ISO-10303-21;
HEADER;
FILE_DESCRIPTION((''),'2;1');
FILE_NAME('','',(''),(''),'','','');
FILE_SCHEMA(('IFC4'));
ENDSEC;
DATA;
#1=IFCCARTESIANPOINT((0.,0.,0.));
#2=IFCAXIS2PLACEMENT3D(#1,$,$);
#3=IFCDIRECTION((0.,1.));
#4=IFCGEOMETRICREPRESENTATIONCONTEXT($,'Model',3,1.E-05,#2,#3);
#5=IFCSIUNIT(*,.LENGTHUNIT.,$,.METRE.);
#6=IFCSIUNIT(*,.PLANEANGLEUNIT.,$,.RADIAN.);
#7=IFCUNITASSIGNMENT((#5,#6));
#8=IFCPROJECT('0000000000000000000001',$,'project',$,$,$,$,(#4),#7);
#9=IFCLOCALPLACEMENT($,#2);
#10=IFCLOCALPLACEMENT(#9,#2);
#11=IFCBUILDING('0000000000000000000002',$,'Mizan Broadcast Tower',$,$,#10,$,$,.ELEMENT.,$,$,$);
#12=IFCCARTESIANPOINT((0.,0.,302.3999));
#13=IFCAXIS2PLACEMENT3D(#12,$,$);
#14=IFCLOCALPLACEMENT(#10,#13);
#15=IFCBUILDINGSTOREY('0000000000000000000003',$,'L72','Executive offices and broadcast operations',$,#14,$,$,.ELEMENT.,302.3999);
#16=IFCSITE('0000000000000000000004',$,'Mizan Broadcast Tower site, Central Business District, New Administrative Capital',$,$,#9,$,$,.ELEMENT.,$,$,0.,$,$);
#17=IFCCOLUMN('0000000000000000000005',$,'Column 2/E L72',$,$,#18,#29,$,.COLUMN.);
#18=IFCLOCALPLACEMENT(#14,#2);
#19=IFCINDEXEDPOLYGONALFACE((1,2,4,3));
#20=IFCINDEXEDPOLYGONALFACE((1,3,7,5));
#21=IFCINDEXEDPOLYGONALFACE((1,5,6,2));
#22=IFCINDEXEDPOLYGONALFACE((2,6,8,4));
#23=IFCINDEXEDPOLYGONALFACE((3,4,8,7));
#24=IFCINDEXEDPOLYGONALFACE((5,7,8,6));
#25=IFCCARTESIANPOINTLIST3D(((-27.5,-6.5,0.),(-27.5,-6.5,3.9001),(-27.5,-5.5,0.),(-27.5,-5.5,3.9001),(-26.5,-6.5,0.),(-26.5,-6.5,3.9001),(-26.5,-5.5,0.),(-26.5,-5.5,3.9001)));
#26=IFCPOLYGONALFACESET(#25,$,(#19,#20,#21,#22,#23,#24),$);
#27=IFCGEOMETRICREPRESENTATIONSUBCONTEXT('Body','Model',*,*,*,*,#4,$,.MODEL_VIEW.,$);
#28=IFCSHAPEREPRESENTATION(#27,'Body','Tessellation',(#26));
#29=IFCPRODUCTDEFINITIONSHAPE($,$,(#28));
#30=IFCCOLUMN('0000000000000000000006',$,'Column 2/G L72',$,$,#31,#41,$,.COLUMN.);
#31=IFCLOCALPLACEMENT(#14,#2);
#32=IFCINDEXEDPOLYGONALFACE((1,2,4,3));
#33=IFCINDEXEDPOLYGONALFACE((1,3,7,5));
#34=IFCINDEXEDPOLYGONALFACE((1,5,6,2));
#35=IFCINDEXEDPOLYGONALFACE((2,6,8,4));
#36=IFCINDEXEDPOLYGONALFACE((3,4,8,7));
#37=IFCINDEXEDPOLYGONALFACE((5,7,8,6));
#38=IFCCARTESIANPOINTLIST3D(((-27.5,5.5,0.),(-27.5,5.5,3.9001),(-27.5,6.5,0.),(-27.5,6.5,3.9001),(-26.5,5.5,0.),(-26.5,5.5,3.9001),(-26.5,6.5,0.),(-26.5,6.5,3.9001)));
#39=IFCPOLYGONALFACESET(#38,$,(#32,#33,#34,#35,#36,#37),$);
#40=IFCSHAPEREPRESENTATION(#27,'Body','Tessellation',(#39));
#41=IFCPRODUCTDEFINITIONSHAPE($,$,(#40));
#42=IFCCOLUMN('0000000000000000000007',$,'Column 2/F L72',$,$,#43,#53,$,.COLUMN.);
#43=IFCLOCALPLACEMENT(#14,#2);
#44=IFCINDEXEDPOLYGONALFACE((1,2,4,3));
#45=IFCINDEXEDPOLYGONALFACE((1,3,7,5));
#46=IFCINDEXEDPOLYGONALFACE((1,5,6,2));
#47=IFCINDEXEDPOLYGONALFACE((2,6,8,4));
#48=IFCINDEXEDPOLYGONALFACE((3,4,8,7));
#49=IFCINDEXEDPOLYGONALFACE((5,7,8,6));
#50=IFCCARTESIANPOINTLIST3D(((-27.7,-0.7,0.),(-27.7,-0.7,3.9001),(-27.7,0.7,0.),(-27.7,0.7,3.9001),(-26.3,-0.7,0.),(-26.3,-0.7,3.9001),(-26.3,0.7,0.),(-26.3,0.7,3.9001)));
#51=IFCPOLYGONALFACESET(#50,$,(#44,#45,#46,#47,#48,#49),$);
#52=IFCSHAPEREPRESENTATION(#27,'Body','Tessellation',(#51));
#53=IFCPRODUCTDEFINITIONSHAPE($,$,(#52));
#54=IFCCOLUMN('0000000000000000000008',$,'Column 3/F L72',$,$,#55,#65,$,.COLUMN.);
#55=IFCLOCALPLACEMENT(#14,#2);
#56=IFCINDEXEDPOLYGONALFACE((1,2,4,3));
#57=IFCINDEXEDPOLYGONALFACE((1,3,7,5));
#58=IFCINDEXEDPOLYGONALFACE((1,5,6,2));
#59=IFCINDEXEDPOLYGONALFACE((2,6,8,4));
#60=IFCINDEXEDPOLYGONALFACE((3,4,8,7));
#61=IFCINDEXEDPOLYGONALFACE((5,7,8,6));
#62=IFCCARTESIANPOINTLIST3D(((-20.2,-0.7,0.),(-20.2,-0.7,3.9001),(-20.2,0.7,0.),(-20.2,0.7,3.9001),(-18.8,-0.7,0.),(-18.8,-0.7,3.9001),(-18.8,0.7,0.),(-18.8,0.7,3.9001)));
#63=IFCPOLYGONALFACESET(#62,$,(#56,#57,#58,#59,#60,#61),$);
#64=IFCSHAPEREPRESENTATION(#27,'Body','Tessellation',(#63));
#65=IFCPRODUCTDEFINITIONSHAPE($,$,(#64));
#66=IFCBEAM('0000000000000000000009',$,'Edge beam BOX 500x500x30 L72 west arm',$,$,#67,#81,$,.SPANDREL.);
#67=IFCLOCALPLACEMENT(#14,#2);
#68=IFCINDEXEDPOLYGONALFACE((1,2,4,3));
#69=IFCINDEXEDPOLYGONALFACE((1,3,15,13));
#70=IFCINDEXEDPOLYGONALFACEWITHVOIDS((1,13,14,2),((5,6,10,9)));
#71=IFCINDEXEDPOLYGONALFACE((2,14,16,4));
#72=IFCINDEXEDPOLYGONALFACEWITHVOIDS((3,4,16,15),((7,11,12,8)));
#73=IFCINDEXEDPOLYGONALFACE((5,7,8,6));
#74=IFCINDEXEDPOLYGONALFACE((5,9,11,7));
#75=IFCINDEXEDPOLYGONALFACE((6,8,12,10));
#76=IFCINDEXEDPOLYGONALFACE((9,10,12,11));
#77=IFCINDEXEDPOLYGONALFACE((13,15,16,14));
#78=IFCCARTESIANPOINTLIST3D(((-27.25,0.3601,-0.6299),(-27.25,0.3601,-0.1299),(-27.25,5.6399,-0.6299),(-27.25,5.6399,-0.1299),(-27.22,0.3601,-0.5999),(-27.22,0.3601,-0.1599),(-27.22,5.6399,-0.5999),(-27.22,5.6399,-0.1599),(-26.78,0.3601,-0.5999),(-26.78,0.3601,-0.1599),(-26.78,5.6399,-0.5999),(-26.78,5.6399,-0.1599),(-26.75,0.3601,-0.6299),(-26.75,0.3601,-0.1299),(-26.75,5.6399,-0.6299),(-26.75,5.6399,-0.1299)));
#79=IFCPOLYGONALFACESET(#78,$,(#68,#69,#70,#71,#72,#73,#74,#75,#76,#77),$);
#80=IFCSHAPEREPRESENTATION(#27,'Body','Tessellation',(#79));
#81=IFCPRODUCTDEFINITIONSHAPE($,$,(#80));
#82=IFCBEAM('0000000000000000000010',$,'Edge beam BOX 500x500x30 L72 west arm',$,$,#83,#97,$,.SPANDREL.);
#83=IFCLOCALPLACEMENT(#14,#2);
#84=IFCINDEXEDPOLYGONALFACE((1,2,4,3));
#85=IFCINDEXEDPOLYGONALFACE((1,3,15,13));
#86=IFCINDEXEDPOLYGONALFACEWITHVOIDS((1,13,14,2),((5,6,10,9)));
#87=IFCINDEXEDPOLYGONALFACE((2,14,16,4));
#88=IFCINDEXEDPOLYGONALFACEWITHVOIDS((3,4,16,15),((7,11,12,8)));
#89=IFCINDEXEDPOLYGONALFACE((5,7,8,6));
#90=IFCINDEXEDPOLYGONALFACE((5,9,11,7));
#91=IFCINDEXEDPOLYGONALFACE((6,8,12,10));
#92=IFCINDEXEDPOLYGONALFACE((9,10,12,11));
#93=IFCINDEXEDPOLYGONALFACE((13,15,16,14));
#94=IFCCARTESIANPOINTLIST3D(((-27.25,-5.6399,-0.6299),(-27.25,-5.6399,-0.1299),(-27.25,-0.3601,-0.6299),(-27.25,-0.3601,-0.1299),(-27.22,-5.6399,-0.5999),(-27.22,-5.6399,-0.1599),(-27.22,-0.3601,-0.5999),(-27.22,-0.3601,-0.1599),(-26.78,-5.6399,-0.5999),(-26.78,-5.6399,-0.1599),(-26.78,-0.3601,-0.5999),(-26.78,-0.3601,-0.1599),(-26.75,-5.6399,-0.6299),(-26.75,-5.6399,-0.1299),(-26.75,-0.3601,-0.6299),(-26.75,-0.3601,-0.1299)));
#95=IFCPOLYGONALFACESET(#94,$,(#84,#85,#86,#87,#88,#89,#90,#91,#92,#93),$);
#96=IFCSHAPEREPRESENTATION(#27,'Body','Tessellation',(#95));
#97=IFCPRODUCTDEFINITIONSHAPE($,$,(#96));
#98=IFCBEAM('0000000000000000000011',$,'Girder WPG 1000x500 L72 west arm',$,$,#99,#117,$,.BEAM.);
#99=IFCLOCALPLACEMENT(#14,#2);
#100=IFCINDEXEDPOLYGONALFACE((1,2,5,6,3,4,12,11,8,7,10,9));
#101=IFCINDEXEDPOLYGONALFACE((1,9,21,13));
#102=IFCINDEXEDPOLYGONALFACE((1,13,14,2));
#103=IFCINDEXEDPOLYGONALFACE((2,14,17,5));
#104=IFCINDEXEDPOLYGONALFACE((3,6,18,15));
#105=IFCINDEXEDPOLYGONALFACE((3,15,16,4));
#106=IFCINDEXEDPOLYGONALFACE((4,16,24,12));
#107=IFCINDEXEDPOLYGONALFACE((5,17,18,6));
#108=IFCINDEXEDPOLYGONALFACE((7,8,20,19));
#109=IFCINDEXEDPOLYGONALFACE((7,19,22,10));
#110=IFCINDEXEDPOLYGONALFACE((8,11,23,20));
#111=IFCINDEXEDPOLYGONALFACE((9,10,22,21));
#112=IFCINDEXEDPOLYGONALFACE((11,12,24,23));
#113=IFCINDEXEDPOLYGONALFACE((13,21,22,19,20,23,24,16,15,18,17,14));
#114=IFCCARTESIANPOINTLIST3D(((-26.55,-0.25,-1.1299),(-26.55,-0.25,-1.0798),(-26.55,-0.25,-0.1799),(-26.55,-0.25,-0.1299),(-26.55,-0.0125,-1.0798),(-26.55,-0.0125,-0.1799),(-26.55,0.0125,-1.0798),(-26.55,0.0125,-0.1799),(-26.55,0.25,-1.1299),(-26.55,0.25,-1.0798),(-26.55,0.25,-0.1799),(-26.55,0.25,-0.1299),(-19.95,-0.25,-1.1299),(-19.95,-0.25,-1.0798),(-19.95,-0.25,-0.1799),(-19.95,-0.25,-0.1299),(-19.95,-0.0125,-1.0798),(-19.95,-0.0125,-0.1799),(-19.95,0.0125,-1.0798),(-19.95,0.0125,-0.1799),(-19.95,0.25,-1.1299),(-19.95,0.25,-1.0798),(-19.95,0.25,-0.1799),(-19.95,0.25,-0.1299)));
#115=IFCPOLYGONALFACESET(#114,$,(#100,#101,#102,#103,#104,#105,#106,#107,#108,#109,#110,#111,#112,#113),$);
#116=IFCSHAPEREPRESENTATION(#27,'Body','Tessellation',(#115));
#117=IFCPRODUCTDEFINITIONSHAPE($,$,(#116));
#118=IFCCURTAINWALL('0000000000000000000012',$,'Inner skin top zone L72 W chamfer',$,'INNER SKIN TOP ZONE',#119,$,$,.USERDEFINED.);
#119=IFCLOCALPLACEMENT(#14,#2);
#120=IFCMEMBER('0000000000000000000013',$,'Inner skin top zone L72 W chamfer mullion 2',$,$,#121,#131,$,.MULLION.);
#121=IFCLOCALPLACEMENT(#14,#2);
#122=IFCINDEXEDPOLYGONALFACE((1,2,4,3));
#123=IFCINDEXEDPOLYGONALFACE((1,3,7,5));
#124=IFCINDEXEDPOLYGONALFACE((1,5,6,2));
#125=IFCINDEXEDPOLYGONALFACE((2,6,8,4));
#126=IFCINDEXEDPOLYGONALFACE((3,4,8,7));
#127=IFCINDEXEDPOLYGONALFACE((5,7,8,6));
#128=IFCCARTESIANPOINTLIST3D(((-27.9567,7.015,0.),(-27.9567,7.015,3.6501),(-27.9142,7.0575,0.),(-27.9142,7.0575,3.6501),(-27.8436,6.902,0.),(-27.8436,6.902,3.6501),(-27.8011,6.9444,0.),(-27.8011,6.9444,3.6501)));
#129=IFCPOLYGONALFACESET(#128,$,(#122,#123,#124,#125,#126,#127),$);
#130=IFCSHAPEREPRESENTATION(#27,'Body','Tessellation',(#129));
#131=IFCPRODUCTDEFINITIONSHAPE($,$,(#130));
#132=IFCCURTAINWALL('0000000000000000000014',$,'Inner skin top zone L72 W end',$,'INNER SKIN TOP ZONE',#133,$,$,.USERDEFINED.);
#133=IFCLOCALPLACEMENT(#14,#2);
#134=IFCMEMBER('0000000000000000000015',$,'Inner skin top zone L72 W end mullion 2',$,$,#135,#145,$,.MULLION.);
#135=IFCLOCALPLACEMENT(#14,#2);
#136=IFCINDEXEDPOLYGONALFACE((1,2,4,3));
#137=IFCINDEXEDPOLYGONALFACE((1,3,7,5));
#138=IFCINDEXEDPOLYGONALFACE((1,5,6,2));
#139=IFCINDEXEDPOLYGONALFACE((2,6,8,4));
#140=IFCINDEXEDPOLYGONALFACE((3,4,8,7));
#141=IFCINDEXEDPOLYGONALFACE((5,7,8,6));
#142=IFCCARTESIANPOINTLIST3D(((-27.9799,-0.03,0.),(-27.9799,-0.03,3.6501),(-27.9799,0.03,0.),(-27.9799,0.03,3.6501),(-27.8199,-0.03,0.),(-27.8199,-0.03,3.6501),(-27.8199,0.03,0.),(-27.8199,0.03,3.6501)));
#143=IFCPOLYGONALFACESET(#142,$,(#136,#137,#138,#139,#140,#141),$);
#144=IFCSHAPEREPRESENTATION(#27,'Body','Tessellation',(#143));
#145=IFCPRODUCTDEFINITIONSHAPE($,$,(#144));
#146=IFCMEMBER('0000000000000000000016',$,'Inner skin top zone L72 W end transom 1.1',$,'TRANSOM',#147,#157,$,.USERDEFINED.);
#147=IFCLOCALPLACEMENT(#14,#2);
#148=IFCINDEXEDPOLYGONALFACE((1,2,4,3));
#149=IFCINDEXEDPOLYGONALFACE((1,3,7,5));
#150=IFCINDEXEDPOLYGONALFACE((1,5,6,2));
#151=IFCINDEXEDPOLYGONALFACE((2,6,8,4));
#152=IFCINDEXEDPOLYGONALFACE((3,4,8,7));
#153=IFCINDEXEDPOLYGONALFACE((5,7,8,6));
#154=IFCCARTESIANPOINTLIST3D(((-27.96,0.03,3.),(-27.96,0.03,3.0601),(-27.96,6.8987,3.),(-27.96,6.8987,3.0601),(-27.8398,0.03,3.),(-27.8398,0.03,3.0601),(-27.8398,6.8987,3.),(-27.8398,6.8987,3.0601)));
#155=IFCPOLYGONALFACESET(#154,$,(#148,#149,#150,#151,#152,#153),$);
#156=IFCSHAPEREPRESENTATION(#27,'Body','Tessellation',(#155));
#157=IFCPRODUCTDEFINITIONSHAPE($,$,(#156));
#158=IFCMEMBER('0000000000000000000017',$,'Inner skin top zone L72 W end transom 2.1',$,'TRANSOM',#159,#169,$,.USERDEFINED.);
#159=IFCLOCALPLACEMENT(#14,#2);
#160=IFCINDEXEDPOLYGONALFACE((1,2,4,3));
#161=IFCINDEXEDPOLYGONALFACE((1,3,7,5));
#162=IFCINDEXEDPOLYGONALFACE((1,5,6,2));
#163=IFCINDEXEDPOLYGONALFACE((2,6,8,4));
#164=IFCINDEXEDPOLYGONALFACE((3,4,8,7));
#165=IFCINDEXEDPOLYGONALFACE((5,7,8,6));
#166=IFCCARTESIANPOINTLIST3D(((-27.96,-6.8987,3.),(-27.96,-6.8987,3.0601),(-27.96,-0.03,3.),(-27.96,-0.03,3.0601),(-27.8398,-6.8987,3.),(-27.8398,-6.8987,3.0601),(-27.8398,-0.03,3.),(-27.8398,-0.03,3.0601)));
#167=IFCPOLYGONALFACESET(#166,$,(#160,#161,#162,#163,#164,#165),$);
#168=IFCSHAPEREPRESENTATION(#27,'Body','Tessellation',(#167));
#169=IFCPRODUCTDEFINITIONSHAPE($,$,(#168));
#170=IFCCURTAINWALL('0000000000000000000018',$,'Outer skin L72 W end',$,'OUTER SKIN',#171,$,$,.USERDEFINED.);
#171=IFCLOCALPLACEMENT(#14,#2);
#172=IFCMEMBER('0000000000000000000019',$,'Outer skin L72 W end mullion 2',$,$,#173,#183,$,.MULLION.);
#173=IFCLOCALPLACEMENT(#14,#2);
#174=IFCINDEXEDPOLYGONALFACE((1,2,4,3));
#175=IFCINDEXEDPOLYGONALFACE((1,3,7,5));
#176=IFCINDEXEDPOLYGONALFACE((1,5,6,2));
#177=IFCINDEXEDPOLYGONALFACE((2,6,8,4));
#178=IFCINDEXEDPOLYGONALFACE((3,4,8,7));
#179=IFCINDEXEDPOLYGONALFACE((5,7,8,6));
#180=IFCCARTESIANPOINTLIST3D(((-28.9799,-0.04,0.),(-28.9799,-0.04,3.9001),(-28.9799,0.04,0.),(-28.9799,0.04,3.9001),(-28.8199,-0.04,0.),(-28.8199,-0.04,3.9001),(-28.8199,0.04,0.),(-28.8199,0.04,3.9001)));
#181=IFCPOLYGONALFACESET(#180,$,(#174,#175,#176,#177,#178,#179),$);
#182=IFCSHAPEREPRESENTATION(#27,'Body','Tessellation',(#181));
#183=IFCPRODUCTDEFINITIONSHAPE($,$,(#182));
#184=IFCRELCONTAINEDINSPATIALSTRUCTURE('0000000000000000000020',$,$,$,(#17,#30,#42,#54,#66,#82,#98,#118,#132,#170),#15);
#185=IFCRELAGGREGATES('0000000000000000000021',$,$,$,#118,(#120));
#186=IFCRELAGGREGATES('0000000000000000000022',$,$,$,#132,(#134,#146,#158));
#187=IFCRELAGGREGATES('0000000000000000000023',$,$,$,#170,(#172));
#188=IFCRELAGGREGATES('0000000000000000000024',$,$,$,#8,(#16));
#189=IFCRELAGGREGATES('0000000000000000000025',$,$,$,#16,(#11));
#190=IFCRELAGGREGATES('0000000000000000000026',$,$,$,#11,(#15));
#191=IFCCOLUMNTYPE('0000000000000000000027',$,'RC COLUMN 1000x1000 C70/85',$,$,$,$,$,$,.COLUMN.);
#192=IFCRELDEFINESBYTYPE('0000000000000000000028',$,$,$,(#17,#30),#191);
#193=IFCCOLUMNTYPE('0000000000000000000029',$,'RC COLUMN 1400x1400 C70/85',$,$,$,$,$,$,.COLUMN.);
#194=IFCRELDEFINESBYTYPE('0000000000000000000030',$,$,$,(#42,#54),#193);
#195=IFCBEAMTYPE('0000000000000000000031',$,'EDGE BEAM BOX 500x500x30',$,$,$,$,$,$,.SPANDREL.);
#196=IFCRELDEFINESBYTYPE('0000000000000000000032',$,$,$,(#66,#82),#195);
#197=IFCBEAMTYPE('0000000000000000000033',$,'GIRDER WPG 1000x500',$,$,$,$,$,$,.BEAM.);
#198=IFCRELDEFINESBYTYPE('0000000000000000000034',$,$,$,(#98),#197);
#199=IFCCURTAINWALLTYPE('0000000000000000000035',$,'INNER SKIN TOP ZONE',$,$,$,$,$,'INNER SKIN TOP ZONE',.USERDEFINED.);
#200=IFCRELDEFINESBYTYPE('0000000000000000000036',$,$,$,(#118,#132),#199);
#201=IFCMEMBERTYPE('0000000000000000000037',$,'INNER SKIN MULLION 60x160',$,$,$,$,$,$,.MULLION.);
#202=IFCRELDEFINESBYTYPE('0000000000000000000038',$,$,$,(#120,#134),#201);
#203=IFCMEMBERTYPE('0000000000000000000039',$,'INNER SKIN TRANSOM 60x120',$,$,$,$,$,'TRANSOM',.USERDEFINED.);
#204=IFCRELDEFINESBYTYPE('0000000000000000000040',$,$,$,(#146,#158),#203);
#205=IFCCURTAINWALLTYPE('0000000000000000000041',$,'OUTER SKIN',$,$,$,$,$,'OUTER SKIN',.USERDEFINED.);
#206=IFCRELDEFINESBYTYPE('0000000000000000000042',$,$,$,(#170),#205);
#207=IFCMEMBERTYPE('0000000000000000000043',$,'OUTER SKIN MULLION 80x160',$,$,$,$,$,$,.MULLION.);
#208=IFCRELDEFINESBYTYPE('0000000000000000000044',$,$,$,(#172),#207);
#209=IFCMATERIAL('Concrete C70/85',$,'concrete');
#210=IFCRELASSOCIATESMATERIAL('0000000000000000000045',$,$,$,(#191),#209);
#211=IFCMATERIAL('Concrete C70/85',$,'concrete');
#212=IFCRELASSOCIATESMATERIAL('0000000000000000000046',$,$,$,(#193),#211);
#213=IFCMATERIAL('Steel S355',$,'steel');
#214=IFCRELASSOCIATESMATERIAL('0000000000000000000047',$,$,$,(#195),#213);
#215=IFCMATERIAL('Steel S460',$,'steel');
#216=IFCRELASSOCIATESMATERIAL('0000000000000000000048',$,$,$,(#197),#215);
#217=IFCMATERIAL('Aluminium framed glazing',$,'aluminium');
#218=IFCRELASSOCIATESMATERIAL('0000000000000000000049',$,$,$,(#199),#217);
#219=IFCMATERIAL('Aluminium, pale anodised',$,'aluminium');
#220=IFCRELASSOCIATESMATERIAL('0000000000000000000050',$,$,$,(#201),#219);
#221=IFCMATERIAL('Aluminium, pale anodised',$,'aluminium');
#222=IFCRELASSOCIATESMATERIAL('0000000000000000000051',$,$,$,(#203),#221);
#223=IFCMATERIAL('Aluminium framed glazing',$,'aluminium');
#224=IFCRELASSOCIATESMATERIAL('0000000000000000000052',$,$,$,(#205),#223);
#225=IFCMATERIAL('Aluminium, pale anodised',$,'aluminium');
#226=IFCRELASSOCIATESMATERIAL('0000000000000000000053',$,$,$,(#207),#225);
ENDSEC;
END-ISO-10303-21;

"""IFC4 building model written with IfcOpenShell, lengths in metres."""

from ifc_helpers import new_model, si_unit, direction, frame, origin, origin_2d, place, context, subcontext, project, spatial, rectangle, hollow_rectangle, i_section, extrude, material, material_profile, profile_set, type_object, element, aggregate, save


model = new_model("IFC4")

# Units and contexts
model_context = context("Model", 3, precision=1e-05, world=origin(), true_north=direction((0.0, 1.0)))
body_context = subcontext(model_context, "Body", "Model", "MODEL_VIEW")
ifc_project = project(units=[si_unit("LENGTHUNIT", "METRE"), si_unit("PLANEANGLEUNIT", "RADIAN")], contexts=[model_context])

# Site, building, storey
site_placement = place(None, origin())
site = spatial("IfcSite", under=ifc_project, at=site_placement, Name="Mizan Broadcast Tower site, Central Business District, New Administrative Capital", CompositionType="ELEMENT", RefElevation=0.0)
building_placement = place(site_placement, origin())
building = spatial("IfcBuilding", under=site, at=building_placement, Name="Mizan Broadcast Tower", CompositionType="ELEMENT")
storey_placement = place(building_placement, frame((0.0, 0.0, 302.3999)))
storey = spatial("IfcBuildingStorey", under=building, at=storey_placement, Name="L72", Description="Executive offices and broadcast operations", CompositionType="ELEMENT", Elevation=302.3999)

# Columns
ifc_material_1 = material(Name="Concrete C70/85", Category="concrete")
ifc_material_profile_1 = material_profile(ifc_material_1, rectangle(XDim=1.0, YDim=1.0, at=origin_2d()), Name="RC 1000x1000")
ifc_profile_set_1 = profile_set([ifc_material_profile_1], Name="Concrete C70/85")
column_type_1 = type_object("IfcColumnType", Name="RC COLUMN 1000x1000 C70/85", PredefinedType="COLUMN", material=ifc_profile_set_1)
for number, where, z_axis, x_axis, name in (
    (1, (-27.0, -6.0, 0.0), (0.0, 0.0, 1.0), (1.0, 0.0, 0.0), "Column 2/E L72"),
    (2, (-27.0, 6.0, 0.0), (0.0, 0.0, 1.0), (1.0, 0.0, 0.0), "Column 2/G L72"),
):
    element("IfcColumn", number, at=place(storey_placement, frame(where, z_axis=z_axis, x_axis=x_axis)), inside=storey, type_object=column_type_1, Name=name, PredefinedType="COLUMN", context=body_context, shape_type="SweptSolid", body=[
        extrude(rectangle(XDim=1.0, YDim=1.0, at=origin_2d()), origin(), (0.0, 0.0, 1.0), 3.9001),
    ])
ifc_material_2 = material(Name="Concrete C70/85", Category="concrete")
ifc_material_profile_2 = material_profile(ifc_material_2, rectangle(XDim=1.3999, YDim=1.3999, at=origin_2d()), Name="RC 1400x1400")
ifc_profile_set_2 = profile_set([ifc_material_profile_2], Name="Concrete C70/85")
column_type_2 = type_object("IfcColumnType", Name="RC COLUMN 1400x1400 C70/85", PredefinedType="COLUMN", material=ifc_profile_set_2)
for number, where, z_axis, x_axis, name in (
    (3, (-27.0, 0.0, 0.0), (0.0, 0.0, 1.0), (1.0, 0.0, 0.0), "Column 2/F L72"),
    (4, (-19.5, 0.0, 0.0), (0.0, 0.0, 1.0), (1.0, 0.0, 0.0), "Column 3/F L72"),
):
    element("IfcColumn", number, at=place(storey_placement, frame(where, z_axis=z_axis, x_axis=x_axis)), inside=storey, type_object=column_type_2, Name=name, PredefinedType="COLUMN", context=body_context, shape_type="SweptSolid", body=[
        extrude(rectangle(XDim=1.3999, YDim=1.3999, at=origin_2d()), origin(), (0.0, 0.0, 1.0), 3.9001),
    ])

# Beams
ifc_material_3 = material(Name="Steel S355", Category="steel")
ifc_material_profile_3 = material_profile(ifc_material_3, hollow_rectangle(XDim=0.5, YDim=0.5, WallThickness=0.03, at=origin_2d()), Name="BOX 500x500x30")
ifc_profile_set_3 = profile_set([ifc_material_profile_3], Name="Steel S355")
beam_type_1 = type_object("IfcBeamType", Name="EDGE BEAM BOX 500x500x30", PredefinedType="SPANDREL", material=ifc_profile_set_3)
for number, where, z_axis, x_axis, name in (
    (5, (-27.0, 5.6399, -0.3799), (0.0, -1.0, 0.0), (1.0, 0.0, 0.0), "Edge beam BOX 500x500x30 L72 west arm"),
    (6, (-27.0, -5.6399, -0.3799), (0.0, 1.0, 0.0), (-1.0, 0.0, 0.0), "Edge beam BOX 500x500x30 L72 west arm"),
):
    element("IfcBeam", number, at=place(storey_placement, frame(where, z_axis=z_axis, x_axis=x_axis)), inside=storey, type_object=beam_type_1, Name=name, PredefinedType="SPANDREL", context=body_context, shape_type="SweptSolid", body=[
        extrude(hollow_rectangle(XDim=0.5, YDim=0.5, WallThickness=0.03, at=origin_2d()), origin(), (0.0, 0.0, 1.0), 5.2798),
    ])
ifc_material_4 = material(Name="Steel S460", Category="steel")
ifc_material_profile_4 = material_profile(ifc_material_4, i_section(OverallWidth=0.5, OverallDepth=1.0, WebThickness=0.0249, FlangeThickness=0.05, at=origin_2d()), Name="WPG 1000x500")
ifc_profile_set_4 = profile_set([ifc_material_profile_4], Name="Steel S460")
beam_type_2 = type_object("IfcBeamType", Name="GIRDER WPG 1000x500", PredefinedType="BEAM", material=ifc_profile_set_4)
beam_placement = place(storey_placement, frame((-19.95, 0.0, -0.6299), z_axis=(-1.0, 0.0, 0.0), x_axis=(0.0, -1.0, 0.0)))
element("IfcBeam", 7, at=beam_placement, inside=storey, type_object=beam_type_2, Name="Girder WPG 1000x500 L72 west arm", PredefinedType="BEAM", context=body_context, shape_type="SweptSolid", body=[
    extrude(i_section(OverallWidth=0.5, OverallDepth=1.0, WebThickness=0.0249, FlangeThickness=0.05, at=origin_2d()), origin(), (0.0, 0.0, 1.0), 6.6001),
])

# Curtain wall, member
ifc_material_5 = material(Name="Aluminium framed glazing", Category="aluminium")
curtain_wall_type_1 = type_object("IfcCurtainWallType", Name="INNER SKIN TOP ZONE", ElementType="INNER SKIN TOP ZONE", PredefinedType="USERDEFINED", material=ifc_material_5)
curtain_wall_1_placement = place(storey_placement, origin())
curtain_wall_1 = element("IfcCurtainWall", 8, at=curtain_wall_1_placement, inside=storey, type_object=curtain_wall_type_1, Name="Inner skin top zone L72 W chamfer", ObjectType="INNER SKIN TOP ZONE", PredefinedType="USERDEFINED")
ifc_material_6 = material(Name="Aluminium, pale anodised", Category="aluminium")
ifc_material_profile_5 = material_profile(ifc_material_6, rectangle(XDim=0.1599, YDim=0.0601, at=origin_2d()), Name="MULLION 160x60")
ifc_profile_set_5 = profile_set([ifc_material_profile_5], Name="Aluminium, pale anodised")
member_type_1 = type_object("IfcMemberType", Name="INNER SKIN MULLION 60x160", PredefinedType="MULLION", material=ifc_profile_set_5)
member_1_placement = place(storey_placement, frame((-27.8789, 6.9797, 0.0), z_axis=(0.0, 0.0, 1.0), x_axis=(0.707107, -0.707107, 0.0)))
member_1 = element("IfcMember", 9, at=member_1_placement, type_object=member_type_1, Name="Inner skin top zone L72 W chamfer mullion 2", PredefinedType="MULLION", context=body_context, shape_type="SweptSolid", body=[
    extrude(rectangle(XDim=0.1599, YDim=0.0601, at=origin_2d()), origin(), (0.0, 0.0, 1.0), 3.6501),
])
aggregate(curtain_wall_1, [member_1])

# Curtain walls, members
curtain_wall_2_placement = place(storey_placement, origin())
curtain_wall_2 = element("IfcCurtainWall", 10, at=curtain_wall_2_placement, inside=storey, type_object=curtain_wall_type_1, Name="Inner skin top zone L72 W end", ObjectType="INNER SKIN TOP ZONE", PredefinedType="USERDEFINED")
member_2_placement = place(storey_placement, frame((-27.8999, 0.0, 0.0), z_axis=(0.0, 0.0, 1.0), x_axis=(1.0, 0.0, 0.0)))
member_2 = element("IfcMember", 11, at=member_2_placement, type_object=member_type_1, Name="Inner skin top zone L72 W end mullion 2", PredefinedType="MULLION", context=body_context, shape_type="SweptSolid", body=[
    extrude(rectangle(XDim=0.1599, YDim=0.0601, at=origin_2d()), origin(), (0.0, 0.0, 1.0), 3.6501),
])
ifc_material_7 = material(Name="Aluminium, pale anodised", Category="aluminium")
ifc_material_profile_6 = material_profile(ifc_material_7, rectangle(XDim=0.1201, YDim=0.0601, at=origin_2d()), Name="TRANSOM 120x60")
ifc_profile_set_6 = profile_set([ifc_material_profile_6], Name="Aluminium, pale anodised")
member_type_2 = type_object("IfcMemberType", Name="INNER SKIN TRANSOM 60x120", ElementType="TRANSOM", PredefinedType="USERDEFINED", material=ifc_profile_set_6)
member_3_placement = place(storey_placement, frame((-27.8999, 6.8987, 3.03), z_axis=(0.0, -1.0, 0.0), x_axis=(1.0, 0.0, 0.0)))
member_3 = element("IfcMember", 12, at=member_3_placement, type_object=member_type_2, Name="Inner skin top zone L72 W end transom 1.1", ObjectType="TRANSOM", PredefinedType="USERDEFINED", context=body_context, shape_type="SweptSolid", body=[
    extrude(rectangle(XDim=0.1201, YDim=0.0601, at=origin_2d()), origin(), (0.0, 0.0, 1.0), 6.8687),
])
member_4_placement = place(storey_placement, frame((-27.8999, -0.03, 3.03), z_axis=(0.0, -1.0, 0.0), x_axis=(1.0, 0.0, 0.0)))
member_4 = element("IfcMember", 13, at=member_4_placement, type_object=member_type_2, Name="Inner skin top zone L72 W end transom 2.1", ObjectType="TRANSOM", PredefinedType="USERDEFINED", context=body_context, shape_type="SweptSolid", body=[
    extrude(rectangle(XDim=0.1201, YDim=0.0601, at=origin_2d()), origin(), (0.0, 0.0, 1.0), 6.8687),
])
ifc_material_8 = material(Name="Aluminium framed glazing", Category="aluminium")
curtain_wall_type_2 = type_object("IfcCurtainWallType", Name="OUTER SKIN", ElementType="OUTER SKIN", PredefinedType="USERDEFINED", material=ifc_material_8)
curtain_wall_3_placement = place(storey_placement, origin())
curtain_wall_3 = element("IfcCurtainWall", 14, at=curtain_wall_3_placement, inside=storey, type_object=curtain_wall_type_2, Name="Outer skin L72 W end", ObjectType="OUTER SKIN", PredefinedType="USERDEFINED")
ifc_material_9 = material(Name="Aluminium, pale anodised", Category="aluminium")
ifc_material_profile_7 = material_profile(ifc_material_9, rectangle(XDim=0.1599, YDim=0.0801, at=origin_2d()), Name="MULLION 160x80")
ifc_profile_set_7 = profile_set([ifc_material_profile_7], Name="Aluminium, pale anodised")
member_type_3 = type_object("IfcMemberType", Name="OUTER SKIN MULLION 80x160", PredefinedType="MULLION", material=ifc_profile_set_7)
member_5_placement = place(storey_placement, frame((-28.8999, 0.0, 0.0), z_axis=(0.0, 0.0, 1.0), x_axis=(1.0, 0.0, 0.0)))
member_5 = element("IfcMember", 15, at=member_5_placement, type_object=member_type_3, Name="Outer skin L72 W end mullion 2", PredefinedType="MULLION", context=body_context, shape_type="SweptSolid", body=[
    extrude(rectangle(XDim=0.1599, YDim=0.0801, at=origin_2d()), origin(), (0.0, 0.0, 1.0), 3.9001),
])

aggregate(curtain_wall_2, [member_2, member_3, member_4])
aggregate(curtain_wall_3, [member_5])

save(model, "model.ifc")
